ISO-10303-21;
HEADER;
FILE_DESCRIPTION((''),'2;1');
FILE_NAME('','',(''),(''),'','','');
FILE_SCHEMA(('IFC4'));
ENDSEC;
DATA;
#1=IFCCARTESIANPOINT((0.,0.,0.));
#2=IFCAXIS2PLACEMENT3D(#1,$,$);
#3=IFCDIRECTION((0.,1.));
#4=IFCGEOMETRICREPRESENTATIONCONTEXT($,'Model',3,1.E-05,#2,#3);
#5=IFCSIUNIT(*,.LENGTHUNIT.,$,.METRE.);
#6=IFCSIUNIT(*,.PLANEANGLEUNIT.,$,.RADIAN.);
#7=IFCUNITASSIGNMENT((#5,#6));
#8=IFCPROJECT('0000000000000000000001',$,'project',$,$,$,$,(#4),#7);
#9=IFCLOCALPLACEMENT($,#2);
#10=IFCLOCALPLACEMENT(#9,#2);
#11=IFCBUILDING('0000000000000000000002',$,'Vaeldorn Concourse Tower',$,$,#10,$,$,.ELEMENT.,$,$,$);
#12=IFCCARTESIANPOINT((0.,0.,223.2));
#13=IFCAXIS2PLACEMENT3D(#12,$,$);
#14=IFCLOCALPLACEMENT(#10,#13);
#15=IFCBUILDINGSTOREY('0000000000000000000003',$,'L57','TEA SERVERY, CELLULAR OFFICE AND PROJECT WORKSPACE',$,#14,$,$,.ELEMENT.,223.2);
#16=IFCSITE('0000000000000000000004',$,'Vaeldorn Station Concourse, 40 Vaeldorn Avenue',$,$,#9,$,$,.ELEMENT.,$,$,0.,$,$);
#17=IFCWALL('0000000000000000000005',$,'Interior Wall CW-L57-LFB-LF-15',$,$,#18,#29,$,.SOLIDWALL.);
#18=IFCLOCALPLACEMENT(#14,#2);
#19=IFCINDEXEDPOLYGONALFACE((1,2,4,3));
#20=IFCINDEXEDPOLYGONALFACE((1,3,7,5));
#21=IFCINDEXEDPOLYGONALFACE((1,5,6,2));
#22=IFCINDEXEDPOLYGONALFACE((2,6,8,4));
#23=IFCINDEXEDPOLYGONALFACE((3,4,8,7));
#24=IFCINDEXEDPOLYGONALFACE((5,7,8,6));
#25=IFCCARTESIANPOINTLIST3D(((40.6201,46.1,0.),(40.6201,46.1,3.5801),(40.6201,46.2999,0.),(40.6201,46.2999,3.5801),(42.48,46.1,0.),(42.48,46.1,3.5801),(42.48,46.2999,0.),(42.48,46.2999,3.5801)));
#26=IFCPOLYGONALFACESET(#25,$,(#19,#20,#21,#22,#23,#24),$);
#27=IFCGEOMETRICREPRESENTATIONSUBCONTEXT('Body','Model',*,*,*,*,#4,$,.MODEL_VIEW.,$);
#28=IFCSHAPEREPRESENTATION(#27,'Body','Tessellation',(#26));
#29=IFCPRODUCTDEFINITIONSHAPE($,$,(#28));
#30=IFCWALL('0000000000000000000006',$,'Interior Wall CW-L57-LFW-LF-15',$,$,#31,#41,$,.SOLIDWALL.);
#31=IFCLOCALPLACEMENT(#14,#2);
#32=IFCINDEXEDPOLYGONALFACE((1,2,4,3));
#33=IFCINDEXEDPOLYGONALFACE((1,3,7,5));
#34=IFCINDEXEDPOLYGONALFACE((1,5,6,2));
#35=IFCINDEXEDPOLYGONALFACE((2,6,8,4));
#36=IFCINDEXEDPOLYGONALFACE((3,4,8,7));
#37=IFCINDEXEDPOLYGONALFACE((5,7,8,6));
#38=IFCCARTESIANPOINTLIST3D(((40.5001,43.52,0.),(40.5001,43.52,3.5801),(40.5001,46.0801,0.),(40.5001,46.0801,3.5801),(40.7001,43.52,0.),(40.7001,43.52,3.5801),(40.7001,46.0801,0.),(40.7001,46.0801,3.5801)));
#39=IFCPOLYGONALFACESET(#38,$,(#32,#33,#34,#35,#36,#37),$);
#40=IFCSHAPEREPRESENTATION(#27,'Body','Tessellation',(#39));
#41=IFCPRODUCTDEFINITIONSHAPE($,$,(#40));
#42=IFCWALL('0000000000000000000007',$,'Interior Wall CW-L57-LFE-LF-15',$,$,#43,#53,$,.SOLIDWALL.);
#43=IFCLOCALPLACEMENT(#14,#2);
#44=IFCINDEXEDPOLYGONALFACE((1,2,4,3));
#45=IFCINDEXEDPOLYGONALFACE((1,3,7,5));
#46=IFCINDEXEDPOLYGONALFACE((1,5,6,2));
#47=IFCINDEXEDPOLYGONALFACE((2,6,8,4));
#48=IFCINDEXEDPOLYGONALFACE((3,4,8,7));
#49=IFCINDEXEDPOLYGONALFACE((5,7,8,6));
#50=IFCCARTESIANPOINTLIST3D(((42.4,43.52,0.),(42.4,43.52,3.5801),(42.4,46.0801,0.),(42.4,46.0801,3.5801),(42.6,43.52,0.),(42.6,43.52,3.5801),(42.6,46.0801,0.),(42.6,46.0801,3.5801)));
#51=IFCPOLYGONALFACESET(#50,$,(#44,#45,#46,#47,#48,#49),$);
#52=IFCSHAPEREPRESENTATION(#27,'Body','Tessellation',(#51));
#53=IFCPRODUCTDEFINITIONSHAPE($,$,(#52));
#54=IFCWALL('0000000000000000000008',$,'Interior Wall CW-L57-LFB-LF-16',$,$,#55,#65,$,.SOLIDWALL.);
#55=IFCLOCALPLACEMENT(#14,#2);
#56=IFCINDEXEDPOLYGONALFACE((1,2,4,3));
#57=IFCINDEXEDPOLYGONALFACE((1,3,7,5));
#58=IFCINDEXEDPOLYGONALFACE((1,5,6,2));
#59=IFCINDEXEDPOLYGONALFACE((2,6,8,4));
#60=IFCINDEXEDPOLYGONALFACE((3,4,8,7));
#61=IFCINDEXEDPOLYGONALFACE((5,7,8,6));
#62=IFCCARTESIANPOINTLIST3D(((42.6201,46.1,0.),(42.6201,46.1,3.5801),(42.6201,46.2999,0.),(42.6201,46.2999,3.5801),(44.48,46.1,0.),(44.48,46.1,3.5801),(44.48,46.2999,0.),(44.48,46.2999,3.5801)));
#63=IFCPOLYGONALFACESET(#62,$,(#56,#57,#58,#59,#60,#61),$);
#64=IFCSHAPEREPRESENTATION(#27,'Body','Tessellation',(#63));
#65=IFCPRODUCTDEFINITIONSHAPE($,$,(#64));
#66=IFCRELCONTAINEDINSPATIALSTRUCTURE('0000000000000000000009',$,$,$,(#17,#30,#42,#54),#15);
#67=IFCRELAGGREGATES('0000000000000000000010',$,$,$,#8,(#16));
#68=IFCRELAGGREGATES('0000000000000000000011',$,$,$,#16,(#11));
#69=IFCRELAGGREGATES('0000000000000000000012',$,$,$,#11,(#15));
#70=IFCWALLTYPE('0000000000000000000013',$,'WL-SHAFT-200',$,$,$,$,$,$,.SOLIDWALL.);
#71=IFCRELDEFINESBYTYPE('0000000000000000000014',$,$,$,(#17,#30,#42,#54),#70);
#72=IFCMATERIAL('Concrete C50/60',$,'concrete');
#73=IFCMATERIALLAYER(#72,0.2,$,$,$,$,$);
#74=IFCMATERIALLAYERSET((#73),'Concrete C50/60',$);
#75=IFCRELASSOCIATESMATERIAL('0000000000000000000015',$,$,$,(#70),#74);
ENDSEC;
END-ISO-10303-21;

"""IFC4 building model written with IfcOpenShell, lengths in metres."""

from ifc_helpers import new_model, si_unit, direction, frame, frame_2d, origin, place, context, subcontext, project, spatial, rectangle, extrude, material, layer, layer_set, type_object, element, save


model = new_model("IFC4")

# Units and contexts
model_context = context("Model", 3, precision=1e-05, world=origin(), true_north=direction((0.0, 1.0)))
body_context = subcontext(model_context, "Body", "Model", "MODEL_VIEW")
ifc_project = project(units=[si_unit("LENGTHUNIT", "METRE"), si_unit("PLANEANGLEUNIT", "RADIAN")], contexts=[model_context])

# Site, building, storey
site_placement = place(None, origin())
site = spatial("IfcSite", under=ifc_project, at=site_placement, Name="Vaeldorn Station Concourse, 40 Vaeldorn Avenue", CompositionType="ELEMENT", RefElevation=0.0)
building_placement = place(site_placement, origin())
building = spatial("IfcBuilding", under=site, at=building_placement, Name="Vaeldorn Concourse Tower", CompositionType="ELEMENT")
storey_placement = place(building_placement, frame((0.0, 0.0, 223.2)))
storey = spatial("IfcBuildingStorey", under=building, at=storey_placement, Name="L57", Description="TEA SERVERY, CELLULAR OFFICE AND PROJECT WORKSPACE", CompositionType="ELEMENT", Elevation=223.2)

# Shared definitions
ifc_material_1 = material(Name="Concrete C50/60", Category="concrete")

# Shared definitions
ifc_layer_1 = layer(ifc_material_1, 0.2)
ifc_layer_set_1 = layer_set([ifc_layer_1], Name="Concrete C50/60")
wall_type_1 = type_object("IfcWallType", Name="WL-SHAFT-200", PredefinedType="SOLIDWALL", material=ifc_layer_set_1)

# Walls
wall_1_placement = place(storey_placement, frame((40.6201, 46.2, 0.0), z_axis=(0.0, 0.0, 1.0), x_axis=(1.0, 0.0, 0.0)))
element("IfcWall", 1, at=wall_1_placement, inside=storey, type_object=wall_type_1, Name="Interior Wall CW-L57-LFB-LF-15", PredefinedType="SOLIDWALL", context=body_context, shape_type="SweptSolid", body=[
    extrude(rectangle(XDim=1.8599, YDim=0.2, at=frame_2d((0.9299, 0.0))), origin(), (0.0, 0.0, 1.0), 3.5801),
])
for number, where, z_axis, x_axis, name in (
    (2, (40.6001, 43.52, 0.0), (0.0, 0.0, 1.0), (0.0, 1.0, 0.0), "Interior Wall CW-L57-LFW-LF-15"),
    (3, (42.5, 43.52, 0.0), (0.0, 0.0, 1.0), (0.0, 1.0, 0.0), "Interior Wall CW-L57-LFE-LF-15"),
):
    element("IfcWall", number, at=place(storey_placement, frame(where, z_axis=z_axis, x_axis=x_axis)), inside=storey, type_object=wall_type_1, Name=name, PredefinedType="SOLIDWALL", context=body_context, shape_type="SweptSolid", body=[
        extrude(rectangle(XDim=2.5601, YDim=0.2, at=frame_2d((1.28, 0.0))), origin(), (0.0, 0.0, 1.0), 3.5801),
    ])

# Wall
wall_2_placement = place(storey_placement, frame((42.6201, 46.2, 0.0), z_axis=(0.0, 0.0, 1.0), x_axis=(1.0, 0.0, 0.0)))
element("IfcWall", 4, at=wall_2_placement, inside=storey, type_object=wall_type_1, Name="Interior Wall CW-L57-LFB-LF-16", PredefinedType="SOLIDWALL", context=body_context, shape_type="SweptSolid", body=[
    extrude(rectangle(XDim=1.8599, YDim=0.2, at=frame_2d((0.9299, 0.0))), origin(), (0.0, 0.0, 1.0), 3.5801),
])

save(model, "model.ifc")
